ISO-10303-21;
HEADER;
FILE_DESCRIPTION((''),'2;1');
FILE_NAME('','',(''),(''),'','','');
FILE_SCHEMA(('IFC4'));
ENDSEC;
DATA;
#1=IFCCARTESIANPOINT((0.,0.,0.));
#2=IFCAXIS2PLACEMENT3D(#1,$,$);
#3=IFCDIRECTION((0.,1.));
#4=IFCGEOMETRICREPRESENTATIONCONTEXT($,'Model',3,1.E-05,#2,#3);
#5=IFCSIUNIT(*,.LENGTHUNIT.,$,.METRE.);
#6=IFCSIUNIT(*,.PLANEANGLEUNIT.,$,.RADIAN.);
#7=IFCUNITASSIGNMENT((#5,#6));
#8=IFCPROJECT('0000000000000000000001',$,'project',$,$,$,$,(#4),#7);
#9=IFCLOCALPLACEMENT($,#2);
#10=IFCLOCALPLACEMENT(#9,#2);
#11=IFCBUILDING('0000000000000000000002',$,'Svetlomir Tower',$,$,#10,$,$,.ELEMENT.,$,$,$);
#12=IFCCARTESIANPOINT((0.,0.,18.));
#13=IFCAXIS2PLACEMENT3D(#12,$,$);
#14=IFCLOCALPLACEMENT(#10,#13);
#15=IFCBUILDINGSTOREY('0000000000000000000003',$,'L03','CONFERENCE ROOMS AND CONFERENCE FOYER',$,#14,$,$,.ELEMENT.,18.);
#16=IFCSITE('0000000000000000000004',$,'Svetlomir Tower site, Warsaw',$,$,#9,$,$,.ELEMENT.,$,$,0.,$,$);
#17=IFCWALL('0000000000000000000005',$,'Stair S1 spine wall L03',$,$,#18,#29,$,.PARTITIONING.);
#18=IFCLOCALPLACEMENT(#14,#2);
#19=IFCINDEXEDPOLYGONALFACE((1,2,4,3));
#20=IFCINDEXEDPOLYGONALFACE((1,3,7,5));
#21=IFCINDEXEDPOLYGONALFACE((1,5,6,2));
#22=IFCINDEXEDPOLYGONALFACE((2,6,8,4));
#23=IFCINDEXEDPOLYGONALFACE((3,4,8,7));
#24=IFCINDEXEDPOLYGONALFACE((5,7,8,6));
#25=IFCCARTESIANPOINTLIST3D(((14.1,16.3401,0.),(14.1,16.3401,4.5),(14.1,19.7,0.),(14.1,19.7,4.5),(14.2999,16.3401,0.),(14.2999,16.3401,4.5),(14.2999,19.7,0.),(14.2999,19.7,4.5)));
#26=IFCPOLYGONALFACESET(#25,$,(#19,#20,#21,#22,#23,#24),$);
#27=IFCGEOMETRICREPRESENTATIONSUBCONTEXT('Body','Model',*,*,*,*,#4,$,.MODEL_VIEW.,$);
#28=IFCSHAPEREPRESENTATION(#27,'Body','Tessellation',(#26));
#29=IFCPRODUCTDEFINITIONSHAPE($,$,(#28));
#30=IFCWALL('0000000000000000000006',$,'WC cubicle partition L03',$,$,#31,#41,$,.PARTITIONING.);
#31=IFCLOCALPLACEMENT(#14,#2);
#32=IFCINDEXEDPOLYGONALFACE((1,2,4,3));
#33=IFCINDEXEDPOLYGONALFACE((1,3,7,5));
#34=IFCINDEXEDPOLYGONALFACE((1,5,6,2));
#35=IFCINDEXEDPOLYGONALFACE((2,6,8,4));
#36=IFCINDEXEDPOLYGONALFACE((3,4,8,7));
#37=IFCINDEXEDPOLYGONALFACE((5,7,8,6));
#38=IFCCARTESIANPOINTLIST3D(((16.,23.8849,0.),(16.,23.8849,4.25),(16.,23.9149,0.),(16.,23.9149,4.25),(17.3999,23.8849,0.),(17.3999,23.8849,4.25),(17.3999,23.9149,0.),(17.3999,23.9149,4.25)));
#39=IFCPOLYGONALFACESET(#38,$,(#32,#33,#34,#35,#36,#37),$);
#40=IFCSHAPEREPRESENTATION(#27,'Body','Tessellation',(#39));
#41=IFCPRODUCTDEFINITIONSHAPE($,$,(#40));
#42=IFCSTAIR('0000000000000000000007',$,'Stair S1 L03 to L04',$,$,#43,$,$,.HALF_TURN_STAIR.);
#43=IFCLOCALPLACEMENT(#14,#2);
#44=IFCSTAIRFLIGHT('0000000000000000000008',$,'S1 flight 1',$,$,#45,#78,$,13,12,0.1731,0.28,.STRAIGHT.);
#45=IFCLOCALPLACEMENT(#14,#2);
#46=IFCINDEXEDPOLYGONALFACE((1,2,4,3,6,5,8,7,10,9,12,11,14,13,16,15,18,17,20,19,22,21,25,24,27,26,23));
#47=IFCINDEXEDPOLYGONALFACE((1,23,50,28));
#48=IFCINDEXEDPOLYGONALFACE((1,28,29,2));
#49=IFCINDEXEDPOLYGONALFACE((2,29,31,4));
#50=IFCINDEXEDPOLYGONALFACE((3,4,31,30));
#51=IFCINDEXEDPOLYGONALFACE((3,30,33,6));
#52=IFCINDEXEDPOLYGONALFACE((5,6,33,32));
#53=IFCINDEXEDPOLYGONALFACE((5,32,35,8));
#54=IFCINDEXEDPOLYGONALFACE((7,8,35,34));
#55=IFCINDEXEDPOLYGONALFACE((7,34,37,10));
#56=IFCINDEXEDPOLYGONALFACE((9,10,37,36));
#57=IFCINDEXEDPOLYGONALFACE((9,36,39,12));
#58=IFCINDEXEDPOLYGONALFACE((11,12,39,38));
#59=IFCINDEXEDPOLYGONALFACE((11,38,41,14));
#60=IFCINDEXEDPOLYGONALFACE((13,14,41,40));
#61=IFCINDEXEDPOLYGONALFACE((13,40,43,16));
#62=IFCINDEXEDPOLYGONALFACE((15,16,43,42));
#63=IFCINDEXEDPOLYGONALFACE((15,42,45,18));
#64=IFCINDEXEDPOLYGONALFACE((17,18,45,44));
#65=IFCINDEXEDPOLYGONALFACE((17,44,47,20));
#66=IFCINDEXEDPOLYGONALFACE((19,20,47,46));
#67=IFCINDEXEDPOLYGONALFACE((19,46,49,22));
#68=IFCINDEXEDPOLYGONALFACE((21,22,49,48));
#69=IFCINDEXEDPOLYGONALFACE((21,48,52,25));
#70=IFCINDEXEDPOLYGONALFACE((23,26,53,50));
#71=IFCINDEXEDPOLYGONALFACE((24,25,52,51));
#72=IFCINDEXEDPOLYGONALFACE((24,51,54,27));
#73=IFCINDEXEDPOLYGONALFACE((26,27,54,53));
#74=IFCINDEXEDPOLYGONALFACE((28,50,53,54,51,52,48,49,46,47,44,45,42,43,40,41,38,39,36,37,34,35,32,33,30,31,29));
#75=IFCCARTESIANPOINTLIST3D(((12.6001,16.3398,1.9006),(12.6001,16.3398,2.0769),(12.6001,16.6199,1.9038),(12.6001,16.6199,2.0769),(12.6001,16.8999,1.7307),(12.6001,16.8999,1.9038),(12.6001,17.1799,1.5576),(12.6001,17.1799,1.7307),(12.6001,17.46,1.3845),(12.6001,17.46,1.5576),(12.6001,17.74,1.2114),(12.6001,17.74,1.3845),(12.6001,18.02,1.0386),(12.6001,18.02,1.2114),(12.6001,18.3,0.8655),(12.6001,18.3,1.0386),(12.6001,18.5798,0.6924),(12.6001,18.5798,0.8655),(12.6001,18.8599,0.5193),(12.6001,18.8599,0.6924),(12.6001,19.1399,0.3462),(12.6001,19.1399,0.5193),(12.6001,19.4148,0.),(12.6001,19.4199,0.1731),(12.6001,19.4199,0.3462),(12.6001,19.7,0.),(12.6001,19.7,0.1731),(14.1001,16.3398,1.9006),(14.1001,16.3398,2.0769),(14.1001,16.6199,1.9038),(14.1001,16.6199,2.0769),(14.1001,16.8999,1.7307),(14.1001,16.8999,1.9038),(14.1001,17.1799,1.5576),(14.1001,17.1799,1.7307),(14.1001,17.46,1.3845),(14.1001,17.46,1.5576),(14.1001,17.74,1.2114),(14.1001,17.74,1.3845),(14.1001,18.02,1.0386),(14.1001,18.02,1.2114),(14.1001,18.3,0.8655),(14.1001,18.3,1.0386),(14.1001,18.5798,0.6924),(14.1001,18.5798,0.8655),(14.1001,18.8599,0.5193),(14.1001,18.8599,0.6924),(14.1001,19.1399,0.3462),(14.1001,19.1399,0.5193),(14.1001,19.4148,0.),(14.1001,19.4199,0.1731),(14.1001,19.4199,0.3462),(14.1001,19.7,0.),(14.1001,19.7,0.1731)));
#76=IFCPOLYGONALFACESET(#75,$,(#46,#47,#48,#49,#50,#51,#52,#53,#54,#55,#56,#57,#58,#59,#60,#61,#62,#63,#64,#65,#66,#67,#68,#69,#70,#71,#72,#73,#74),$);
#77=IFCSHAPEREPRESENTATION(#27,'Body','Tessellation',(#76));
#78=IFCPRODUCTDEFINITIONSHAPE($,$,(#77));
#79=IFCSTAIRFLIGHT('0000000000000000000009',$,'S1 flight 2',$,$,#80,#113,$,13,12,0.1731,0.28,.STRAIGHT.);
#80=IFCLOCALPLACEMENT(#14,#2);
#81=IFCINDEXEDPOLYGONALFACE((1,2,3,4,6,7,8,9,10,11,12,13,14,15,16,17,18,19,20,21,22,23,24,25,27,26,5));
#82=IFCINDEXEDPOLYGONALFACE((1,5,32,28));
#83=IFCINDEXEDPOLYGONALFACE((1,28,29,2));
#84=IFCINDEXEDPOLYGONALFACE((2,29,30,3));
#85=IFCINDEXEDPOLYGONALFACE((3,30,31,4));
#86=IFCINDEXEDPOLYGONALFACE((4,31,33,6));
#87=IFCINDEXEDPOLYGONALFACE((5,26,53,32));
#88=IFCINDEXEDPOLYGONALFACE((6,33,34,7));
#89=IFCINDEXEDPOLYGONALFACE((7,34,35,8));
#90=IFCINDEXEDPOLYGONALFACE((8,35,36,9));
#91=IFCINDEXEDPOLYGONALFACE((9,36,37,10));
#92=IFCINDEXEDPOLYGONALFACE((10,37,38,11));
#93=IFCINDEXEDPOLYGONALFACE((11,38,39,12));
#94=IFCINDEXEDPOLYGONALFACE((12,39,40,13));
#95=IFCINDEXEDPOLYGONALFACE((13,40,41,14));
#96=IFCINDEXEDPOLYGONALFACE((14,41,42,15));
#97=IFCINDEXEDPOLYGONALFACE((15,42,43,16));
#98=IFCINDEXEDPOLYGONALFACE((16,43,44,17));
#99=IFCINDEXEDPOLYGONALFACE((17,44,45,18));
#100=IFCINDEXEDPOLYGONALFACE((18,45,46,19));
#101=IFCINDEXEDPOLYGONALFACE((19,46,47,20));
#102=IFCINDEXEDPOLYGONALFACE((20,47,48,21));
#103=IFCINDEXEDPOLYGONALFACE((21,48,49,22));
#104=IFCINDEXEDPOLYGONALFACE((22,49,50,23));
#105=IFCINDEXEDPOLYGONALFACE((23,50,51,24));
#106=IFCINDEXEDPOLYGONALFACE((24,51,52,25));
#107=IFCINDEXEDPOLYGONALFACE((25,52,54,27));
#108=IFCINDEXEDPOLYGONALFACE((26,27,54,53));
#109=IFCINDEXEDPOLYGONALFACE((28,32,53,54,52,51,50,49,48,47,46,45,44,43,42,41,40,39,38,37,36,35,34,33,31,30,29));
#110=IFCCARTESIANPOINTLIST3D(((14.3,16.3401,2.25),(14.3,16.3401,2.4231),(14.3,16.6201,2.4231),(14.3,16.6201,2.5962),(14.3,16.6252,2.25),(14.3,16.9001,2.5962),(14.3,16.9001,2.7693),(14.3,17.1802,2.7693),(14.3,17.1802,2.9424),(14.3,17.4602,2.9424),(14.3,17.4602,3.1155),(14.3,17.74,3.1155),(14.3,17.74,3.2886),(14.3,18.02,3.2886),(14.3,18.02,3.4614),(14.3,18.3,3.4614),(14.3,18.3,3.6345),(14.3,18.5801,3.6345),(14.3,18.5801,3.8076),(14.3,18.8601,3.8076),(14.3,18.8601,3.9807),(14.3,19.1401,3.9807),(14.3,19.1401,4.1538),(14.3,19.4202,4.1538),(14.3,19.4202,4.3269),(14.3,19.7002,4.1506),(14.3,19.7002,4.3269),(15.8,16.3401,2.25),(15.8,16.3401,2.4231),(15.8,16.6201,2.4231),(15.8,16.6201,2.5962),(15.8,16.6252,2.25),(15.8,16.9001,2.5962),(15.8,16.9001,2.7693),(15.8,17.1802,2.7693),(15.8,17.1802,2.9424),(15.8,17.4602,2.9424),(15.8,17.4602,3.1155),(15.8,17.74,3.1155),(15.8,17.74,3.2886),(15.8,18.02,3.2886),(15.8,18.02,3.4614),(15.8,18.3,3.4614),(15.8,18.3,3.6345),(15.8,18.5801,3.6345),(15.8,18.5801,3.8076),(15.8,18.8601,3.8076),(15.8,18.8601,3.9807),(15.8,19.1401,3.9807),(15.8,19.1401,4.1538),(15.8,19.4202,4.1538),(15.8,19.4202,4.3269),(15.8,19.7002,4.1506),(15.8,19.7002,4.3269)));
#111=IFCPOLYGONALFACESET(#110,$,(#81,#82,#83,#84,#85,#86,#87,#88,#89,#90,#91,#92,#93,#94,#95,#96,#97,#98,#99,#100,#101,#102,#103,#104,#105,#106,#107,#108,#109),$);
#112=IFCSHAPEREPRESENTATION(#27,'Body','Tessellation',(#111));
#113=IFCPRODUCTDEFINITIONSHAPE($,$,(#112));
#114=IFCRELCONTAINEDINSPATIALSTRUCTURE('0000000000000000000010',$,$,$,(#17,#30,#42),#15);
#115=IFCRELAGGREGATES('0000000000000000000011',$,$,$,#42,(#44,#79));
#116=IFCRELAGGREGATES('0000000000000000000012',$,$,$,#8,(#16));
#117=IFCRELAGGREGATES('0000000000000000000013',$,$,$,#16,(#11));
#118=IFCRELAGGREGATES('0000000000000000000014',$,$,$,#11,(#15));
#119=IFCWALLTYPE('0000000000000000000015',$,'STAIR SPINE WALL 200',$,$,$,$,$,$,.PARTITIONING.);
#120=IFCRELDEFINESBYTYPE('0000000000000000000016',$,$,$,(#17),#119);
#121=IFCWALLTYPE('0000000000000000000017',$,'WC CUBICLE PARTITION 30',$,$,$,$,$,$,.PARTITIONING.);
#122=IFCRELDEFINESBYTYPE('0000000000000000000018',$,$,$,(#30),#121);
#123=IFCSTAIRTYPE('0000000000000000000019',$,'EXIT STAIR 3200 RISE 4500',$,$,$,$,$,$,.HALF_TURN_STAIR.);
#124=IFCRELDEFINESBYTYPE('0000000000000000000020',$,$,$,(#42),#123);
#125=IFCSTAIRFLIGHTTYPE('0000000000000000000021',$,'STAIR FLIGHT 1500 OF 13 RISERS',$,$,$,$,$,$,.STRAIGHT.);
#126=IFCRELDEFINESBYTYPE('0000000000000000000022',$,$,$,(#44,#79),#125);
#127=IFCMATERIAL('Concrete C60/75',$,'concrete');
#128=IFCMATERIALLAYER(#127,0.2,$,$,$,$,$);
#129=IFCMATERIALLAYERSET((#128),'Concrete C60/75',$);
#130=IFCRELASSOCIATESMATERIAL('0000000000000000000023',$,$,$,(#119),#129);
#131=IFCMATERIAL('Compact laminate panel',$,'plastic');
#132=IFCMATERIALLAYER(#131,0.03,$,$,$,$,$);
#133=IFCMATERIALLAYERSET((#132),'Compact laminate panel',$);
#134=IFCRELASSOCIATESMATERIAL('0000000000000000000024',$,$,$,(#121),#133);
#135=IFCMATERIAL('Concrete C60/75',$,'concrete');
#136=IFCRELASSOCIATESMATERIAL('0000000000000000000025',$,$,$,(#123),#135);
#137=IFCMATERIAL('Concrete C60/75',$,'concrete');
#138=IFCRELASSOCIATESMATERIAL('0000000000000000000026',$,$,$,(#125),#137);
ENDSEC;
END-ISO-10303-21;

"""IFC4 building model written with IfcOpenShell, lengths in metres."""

from ifc_helpers import new_model, si_unit, direction, frame, frame_2d, origin, place, context, subcontext, project, spatial, polyline, rectangle, outline, extrude, material, layer, layer_set, type_object, element, aggregate, save


model = new_model("IFC4")

# Units and contexts
model_context = context("Model", 3, precision=1e-05, world=origin(), true_north=direction((0.0, 1.0)))
body_context = subcontext(model_context, "Body", "Model", "MODEL_VIEW")
ifc_project = project(units=[si_unit("LENGTHUNIT", "METRE"), si_unit("PLANEANGLEUNIT", "RADIAN")], contexts=[model_context])

# Site, building, storey
site_placement = place(None, origin())
site = spatial("IfcSite", under=ifc_project, at=site_placement, Name="Svetlomir Tower site, Warsaw", CompositionType="ELEMENT", RefElevation=0.0)
building_placement = place(site_placement, origin())
building = spatial("IfcBuilding", under=site, at=building_placement, Name="Svetlomir Tower", CompositionType="ELEMENT")
storey_placement = place(building_placement, frame((0.0, 0.0, 18.0)))
storey = spatial("IfcBuildingStorey", under=building, at=storey_placement, Name="L03", Description="CONFERENCE ROOMS AND CONFERENCE FOYER", CompositionType="ELEMENT", Elevation=18.0)

# Walls
ifc_material_1 = material(Name="Concrete C60/75", Category="concrete")
ifc_layer_1 = layer(ifc_material_1, 0.2)
ifc_layer_set_1 = layer_set([ifc_layer_1], Name="Concrete C60/75")
wall_type_1 = type_object("IfcWallType", Name="STAIR SPINE WALL 200", PredefinedType="PARTITIONING", material=ifc_layer_set_1)
wall_1_placement = place(storey_placement, frame((14.2, 16.3401, 0.0), z_axis=(0.0, 0.0, 1.0), x_axis=(0.0, 1.0, 0.0)))
element("IfcWall", 1, at=wall_1_placement, inside=storey, type_object=wall_type_1, Name="Stair S1 spine wall L03", PredefinedType="PARTITIONING", context=body_context, shape_type="SweptSolid", body=[
    extrude(rectangle(XDim=3.3599, YDim=0.2, at=frame_2d((1.6799, 0.0))), origin(), (0.0, 0.0, 1.0), 4.5),
])
ifc_material_2 = material(Name="Compact laminate panel", Category="plastic")
ifc_layer_2 = layer(ifc_material_2, 0.03)
ifc_layer_set_2 = layer_set([ifc_layer_2], Name="Compact laminate panel")
wall_type_2 = type_object("IfcWallType", Name="WC CUBICLE PARTITION 30", PredefinedType="PARTITIONING", material=ifc_layer_set_2)
wall_2_placement = place(storey_placement, frame((16.0, 23.8999, 0.0), z_axis=(0.0, 0.0, 1.0), x_axis=(1.0, 0.0, 0.0)))
element("IfcWall", 2, at=wall_2_placement, inside=storey, type_object=wall_type_2, Name="WC cubicle partition L03", PredefinedType="PARTITIONING", context=body_context, shape_type="SweptSolid", body=[
    extrude(rectangle(XDim=1.3999, YDim=0.03, at=frame_2d((0.7, 0.0))), origin(), (0.0, 0.0, 1.0), 4.25),
])

# Stair, stair flights
ifc_material_3 = material(Name="Concrete C60/75", Category="concrete")
stair_type = type_object("IfcStairType", Name="EXIT STAIR 3200 RISE 4500", PredefinedType="HALF_TURN_STAIR", material=ifc_material_3)
stair_placement = place(storey_placement, origin())
stair = element("IfcStair", 3, at=stair_placement, inside=storey, type_object=stair_type, Name="Stair S1 L03 to L04", PredefinedType="HALF_TURN_STAIR")
ifc_material_4 = material(Name="Concrete C60/75", Category="concrete")
stair_flight_type = type_object("IfcStairFlightType", Name="STAIR FLIGHT 1500 OF 13 RISERS", PredefinedType="STRAIGHT", material=ifc_material_4)
stair_flight_1_placement = place(storey_placement, frame((13.3501, 19.7, 0.0), z_axis=(0.0, 0.0, 1.0), x_axis=(0.0, -1.0, 0.0)))
stair_flight_1 = element("IfcStairFlight", 4, at=stair_flight_1_placement, type_object=stair_flight_type, Name="S1 flight 1", NumberOfRisers=13, NumberOfTreads=12, PredefinedType="STRAIGHT", RiserHeight=0.1731, TreadLength=0.28, context=body_context, shape_type="SweptSolid", body=[
    extrude(outline(polyline([(0.0, 0.0), (0.0, 0.1731), (0.28, 0.1731), (0.28, 0.3462), (0.5601, 0.3462), (0.5601, 0.5193), (0.8401, 0.5193), (0.8401, 0.6924), (1.1201, 0.6924), (1.1201, 0.8655), (1.3999, 0.8655), (1.3999, 1.0386), (1.6799, 1.0386), (1.6799, 1.2114), (1.96, 1.2114), (1.96, 1.3845), (2.24, 1.3845), (2.24, 1.5576), (2.52, 1.5576), (2.52, 1.7307), (2.8, 1.7307), (2.8, 1.9038), (3.0801, 1.9038), (3.0801, 2.0769), (3.3601, 2.0769), (3.3601, 2.25), (3.3601, 1.9006), (0.2852, 0.0), (0.0, 0.0)])), frame((0.0, 0.75, 0.0), z_axis=(0.0, -1.0, 0.0), x_axis=(1.0, 0.0, 0.0)), (0.0, 0.0, 1.0), 1.5),
])
stair_flight_2_placement = place(storey_placement, frame((15.05, 16.3401, 2.25), z_axis=(0.0, 0.0, 1.0), x_axis=(0.0, 1.0, 0.0)))
stair_flight_2 = element("IfcStairFlight", 5, at=stair_flight_2_placement, type_object=stair_flight_type, Name="S1 flight 2", NumberOfRisers=13, NumberOfTreads=12, PredefinedType="STRAIGHT", RiserHeight=0.1731, TreadLength=0.28, context=body_context, shape_type="SweptSolid", body=[
    extrude(outline(polyline([(0.0, 0.0), (0.0, 0.1731), (0.28, 0.1731), (0.28, 0.3462), (0.5601, 0.3462), (0.5601, 0.5193), (0.8401, 0.5193), (0.8401, 0.6924), (1.1201, 0.6924), (1.1201, 0.8655), (1.3999, 0.8655), (1.3999, 1.0386), (1.6799, 1.0386), (1.6799, 1.2114), (1.96, 1.2114), (1.96, 1.3845), (2.24, 1.3845), (2.24, 1.5576), (2.52, 1.5576), (2.52, 1.7307), (2.8, 1.7307), (2.8, 1.9038), (3.0801, 1.9038), (3.0801, 2.0769), (3.3601, 2.0769), (3.3601, 2.25), (3.3601, 1.9006), (0.2852, 0.0), (0.0, 0.0)])), frame((0.0, 0.75, 0.0), z_axis=(0.0, -1.0, 0.0), x_axis=(1.0, 0.0, 0.0)), (0.0, 0.0, 1.0), 1.5),
])
aggregate(stair, [stair_flight_1, stair_flight_2])

save(model, "model.ifc")
